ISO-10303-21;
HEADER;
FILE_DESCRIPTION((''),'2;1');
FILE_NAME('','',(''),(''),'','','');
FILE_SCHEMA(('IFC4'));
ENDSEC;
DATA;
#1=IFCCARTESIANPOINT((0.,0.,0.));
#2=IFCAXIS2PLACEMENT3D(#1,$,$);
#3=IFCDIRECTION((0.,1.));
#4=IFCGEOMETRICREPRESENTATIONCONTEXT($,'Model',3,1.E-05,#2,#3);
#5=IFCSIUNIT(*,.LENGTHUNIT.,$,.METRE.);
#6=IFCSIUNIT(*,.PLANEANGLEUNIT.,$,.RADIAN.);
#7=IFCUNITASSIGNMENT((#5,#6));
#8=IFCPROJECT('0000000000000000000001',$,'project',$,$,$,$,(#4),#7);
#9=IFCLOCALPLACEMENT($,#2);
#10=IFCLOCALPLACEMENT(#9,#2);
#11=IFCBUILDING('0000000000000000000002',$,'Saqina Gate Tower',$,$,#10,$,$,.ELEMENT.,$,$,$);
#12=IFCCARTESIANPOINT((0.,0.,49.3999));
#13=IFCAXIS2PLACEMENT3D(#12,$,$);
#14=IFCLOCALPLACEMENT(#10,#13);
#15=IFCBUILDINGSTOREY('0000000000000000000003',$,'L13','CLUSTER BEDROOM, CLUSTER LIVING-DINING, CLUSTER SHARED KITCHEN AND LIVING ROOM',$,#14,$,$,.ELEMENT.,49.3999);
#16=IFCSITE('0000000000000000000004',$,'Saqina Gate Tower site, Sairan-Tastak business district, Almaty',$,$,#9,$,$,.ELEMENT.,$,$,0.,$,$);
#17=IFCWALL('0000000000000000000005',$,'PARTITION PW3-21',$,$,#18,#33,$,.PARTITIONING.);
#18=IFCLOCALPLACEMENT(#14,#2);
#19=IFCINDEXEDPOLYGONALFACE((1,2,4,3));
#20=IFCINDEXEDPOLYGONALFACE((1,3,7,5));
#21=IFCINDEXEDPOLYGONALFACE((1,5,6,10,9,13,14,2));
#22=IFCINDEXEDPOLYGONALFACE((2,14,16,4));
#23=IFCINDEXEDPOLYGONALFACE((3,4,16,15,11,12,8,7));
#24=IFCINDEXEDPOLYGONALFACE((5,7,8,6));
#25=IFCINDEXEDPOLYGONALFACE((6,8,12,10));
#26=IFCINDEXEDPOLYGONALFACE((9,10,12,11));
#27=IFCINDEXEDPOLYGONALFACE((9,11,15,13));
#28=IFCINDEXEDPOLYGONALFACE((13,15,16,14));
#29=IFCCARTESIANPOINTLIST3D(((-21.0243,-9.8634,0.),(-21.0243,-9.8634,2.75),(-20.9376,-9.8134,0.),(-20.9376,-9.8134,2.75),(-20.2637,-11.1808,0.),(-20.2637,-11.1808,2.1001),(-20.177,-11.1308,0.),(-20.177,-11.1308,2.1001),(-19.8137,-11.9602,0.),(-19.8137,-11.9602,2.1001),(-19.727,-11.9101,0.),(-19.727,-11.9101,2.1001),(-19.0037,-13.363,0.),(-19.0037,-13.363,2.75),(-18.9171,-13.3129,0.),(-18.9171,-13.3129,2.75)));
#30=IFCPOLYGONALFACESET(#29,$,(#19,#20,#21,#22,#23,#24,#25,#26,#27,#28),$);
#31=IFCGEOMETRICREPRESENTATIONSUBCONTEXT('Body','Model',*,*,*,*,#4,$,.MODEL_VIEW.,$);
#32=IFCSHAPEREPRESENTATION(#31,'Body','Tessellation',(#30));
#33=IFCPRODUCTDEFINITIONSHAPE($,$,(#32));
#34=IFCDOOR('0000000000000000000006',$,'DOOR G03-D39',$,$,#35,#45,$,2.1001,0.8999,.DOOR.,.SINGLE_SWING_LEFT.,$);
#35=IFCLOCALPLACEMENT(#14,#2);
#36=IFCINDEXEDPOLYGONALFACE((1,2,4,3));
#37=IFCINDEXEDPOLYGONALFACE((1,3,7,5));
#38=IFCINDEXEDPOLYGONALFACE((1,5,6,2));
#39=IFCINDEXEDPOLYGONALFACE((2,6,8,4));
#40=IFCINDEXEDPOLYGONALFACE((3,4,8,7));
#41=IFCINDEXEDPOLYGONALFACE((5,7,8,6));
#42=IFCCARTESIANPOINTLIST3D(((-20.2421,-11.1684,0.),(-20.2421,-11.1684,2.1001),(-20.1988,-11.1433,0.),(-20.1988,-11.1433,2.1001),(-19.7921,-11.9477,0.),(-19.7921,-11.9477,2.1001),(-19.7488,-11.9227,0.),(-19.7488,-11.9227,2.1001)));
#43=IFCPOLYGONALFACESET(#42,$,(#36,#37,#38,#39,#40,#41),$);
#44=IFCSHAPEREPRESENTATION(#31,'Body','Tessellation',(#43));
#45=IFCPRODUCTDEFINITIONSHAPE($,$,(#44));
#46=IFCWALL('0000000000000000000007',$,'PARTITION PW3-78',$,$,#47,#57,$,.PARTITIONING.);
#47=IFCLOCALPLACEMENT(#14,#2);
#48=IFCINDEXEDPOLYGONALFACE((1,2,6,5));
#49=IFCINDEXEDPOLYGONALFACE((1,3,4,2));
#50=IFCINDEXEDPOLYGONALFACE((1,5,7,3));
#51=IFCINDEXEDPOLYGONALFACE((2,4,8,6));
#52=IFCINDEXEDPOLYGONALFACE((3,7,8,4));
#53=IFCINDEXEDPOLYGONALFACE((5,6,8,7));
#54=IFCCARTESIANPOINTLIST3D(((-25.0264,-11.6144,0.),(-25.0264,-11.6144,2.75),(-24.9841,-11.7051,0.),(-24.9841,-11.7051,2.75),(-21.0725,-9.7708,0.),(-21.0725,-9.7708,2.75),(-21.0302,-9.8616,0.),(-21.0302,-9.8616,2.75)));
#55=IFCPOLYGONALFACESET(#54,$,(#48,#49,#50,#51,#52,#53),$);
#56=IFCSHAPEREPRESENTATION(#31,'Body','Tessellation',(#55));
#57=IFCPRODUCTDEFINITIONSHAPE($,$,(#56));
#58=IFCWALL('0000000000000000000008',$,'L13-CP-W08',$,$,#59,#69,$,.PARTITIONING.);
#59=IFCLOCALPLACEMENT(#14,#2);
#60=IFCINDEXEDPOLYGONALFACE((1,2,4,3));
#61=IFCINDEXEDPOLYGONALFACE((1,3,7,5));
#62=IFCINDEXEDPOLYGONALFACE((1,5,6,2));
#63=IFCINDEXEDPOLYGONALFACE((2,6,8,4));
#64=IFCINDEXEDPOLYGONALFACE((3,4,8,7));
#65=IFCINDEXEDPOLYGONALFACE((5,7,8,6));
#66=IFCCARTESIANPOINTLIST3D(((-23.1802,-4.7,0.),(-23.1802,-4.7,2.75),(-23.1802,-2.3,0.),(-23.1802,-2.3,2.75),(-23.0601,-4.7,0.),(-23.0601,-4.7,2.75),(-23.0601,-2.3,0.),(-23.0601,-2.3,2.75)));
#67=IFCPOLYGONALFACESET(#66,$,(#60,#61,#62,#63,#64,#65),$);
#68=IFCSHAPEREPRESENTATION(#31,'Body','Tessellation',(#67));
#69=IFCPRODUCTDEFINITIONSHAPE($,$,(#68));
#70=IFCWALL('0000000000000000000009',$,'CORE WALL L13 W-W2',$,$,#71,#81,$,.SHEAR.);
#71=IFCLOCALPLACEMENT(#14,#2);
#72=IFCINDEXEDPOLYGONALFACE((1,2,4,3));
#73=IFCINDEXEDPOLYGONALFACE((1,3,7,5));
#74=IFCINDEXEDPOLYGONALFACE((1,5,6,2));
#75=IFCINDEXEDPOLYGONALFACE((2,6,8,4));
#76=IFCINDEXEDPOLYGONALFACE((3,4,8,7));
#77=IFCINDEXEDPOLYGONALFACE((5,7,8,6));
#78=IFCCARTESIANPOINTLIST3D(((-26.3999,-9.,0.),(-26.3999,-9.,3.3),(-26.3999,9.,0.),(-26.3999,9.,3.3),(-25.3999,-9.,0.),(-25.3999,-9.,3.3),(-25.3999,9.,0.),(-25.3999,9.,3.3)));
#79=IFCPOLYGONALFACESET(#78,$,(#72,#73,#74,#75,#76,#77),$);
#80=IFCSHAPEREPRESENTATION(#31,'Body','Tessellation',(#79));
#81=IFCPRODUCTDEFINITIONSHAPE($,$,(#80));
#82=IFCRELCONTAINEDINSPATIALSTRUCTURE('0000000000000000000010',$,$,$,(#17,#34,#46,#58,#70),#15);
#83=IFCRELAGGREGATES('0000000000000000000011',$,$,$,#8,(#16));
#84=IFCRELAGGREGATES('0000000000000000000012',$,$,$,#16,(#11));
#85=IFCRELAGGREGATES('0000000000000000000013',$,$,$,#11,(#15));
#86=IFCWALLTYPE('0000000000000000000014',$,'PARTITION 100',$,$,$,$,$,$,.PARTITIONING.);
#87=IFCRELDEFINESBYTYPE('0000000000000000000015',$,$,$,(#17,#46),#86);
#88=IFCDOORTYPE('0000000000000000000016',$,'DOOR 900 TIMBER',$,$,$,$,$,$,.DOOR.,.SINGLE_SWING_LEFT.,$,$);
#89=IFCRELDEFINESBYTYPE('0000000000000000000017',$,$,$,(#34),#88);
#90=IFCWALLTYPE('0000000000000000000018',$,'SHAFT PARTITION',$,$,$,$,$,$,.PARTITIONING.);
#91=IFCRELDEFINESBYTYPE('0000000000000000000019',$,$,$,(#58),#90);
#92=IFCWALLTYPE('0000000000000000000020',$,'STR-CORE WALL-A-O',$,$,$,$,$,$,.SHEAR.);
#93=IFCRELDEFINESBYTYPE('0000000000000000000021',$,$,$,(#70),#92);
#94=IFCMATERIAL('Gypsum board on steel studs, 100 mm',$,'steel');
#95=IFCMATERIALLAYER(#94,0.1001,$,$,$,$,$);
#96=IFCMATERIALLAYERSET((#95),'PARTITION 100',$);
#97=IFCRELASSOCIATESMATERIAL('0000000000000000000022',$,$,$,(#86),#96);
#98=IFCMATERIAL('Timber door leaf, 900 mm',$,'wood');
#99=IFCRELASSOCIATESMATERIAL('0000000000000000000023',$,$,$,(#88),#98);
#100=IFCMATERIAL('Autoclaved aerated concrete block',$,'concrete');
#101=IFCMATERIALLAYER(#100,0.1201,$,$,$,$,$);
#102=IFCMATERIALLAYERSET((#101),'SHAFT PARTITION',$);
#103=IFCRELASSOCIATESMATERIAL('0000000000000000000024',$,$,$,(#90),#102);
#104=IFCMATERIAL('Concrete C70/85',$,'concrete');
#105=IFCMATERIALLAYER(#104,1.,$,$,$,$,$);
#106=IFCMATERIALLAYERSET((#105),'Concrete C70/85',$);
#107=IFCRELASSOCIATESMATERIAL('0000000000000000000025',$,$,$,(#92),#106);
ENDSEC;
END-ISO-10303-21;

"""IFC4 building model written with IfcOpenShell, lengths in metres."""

from ifc_helpers import new_model, si_unit, direction, frame, frame_2d, origin, place, context, subcontext, project, spatial, rectangle, extrude, material, layer, layer_set, type_object, element, fill, save


model = new_model("IFC4")

# Units and contexts
model_context = context("Model", 3, precision=1e-05, world=origin(), true_north=direction((0.0, 1.0)))
body_context = subcontext(model_context, "Body", "Model", "MODEL_VIEW")
ifc_project = project(units=[si_unit("LENGTHUNIT", "METRE"), si_unit("PLANEANGLEUNIT", "RADIAN")], contexts=[model_context])

# Site, building, storey
site_placement = place(None, origin())
site = spatial("IfcSite", under=ifc_project, at=site_placement, Name="Saqina Gate Tower site, Sairan-Tastak business district, Almaty", CompositionType="ELEMENT", RefElevation=0.0)
building_placement = place(site_placement, origin())
building = spatial("IfcBuilding", under=site, at=building_placement, Name="Saqina Gate Tower", CompositionType="ELEMENT")
storey_placement = place(building_placement, frame((0.0, 0.0, 49.3999)))
storey = spatial("IfcBuildingStorey", under=building, at=storey_placement, Name="L13", Description="CLUSTER BEDROOM, CLUSTER LIVING-DINING, CLUSTER SHARED KITCHEN AND LIVING ROOM", CompositionType="ELEMENT", Elevation=49.3999)

# Wall, opening, door
ifc_material_1 = material(Name="Gypsum board on steel studs, 100 mm", Category="steel")
ifc_layer_1 = layer(ifc_material_1, 0.1001)
ifc_layer_set_1 = layer_set([ifc_layer_1], Name="PARTITION 100")
wall_type_1 = type_object("IfcWallType", Name="PARTITION 100", PredefinedType="PARTITIONING", material=ifc_layer_set_1)
wall_1_placement = place(storey_placement, frame((-20.981, -9.8384, 0.0), z_axis=(0.0, 0.0, 1.0), x_axis=(0.500012, -0.866019, 0.0)))
wall_1 = element("IfcWall", 1, at=wall_1_placement, inside=storey, type_object=wall_type_1, Name="PARTITION PW3-21", PredefinedType="PARTITIONING", context=body_context, shape_type="SweptSolid", body=[
    extrude(rectangle(XDim=4.041, YDim=0.1001, at=frame_2d((2.0205, 0.0))), origin(), (0.0, 0.0, 1.0), 2.75),
])
opening_1_placement = place(wall_1_placement, frame((1.5212, 0.0, 0.0)))
opening_1 = element("IfcOpeningElement", 2, at=opening_1_placement, cuts=wall_1, PredefinedType="OPENING", context=body_context, shape_type="SweptSolid", body=[
    extrude(rectangle(XDim=0.8999, YDim=2.1001, at=frame_2d((0.45, 1.05))), frame((0.0, 0.062, 0.0), z_axis=(0.0, -1.0, 0.0), x_axis=(1.0, 0.0, 0.0)), (0.0, 0.0, 1.0), 0.124),
])
ifc_material_2 = material(Name="Timber door leaf, 900 mm", Category="wood")
door_type_1 = type_object("IfcDoorType", Name="DOOR 900 TIMBER", OperationType="SINGLE_SWING_LEFT", PredefinedType="DOOR", material=ifc_material_2)
door_1_placement = place(opening_1_placement, origin())
door_1 = element("IfcDoor", 3, at=door_1_placement, inside=storey, type_object=door_type_1, Name="DOOR G03-D39", OperationType="SINGLE_SWING_LEFT", OverallHeight=2.1001, OverallWidth=0.8999, PredefinedType="DOOR", context=body_context, shape_type="SweptSolid", body=[
    extrude(rectangle(XDim=0.8999, YDim=2.1001, at=frame_2d((0.45, 1.05))), frame((0.0, 0.0249, 0.0), z_axis=(0.0, -1.0, 0.0), x_axis=(1.0, 0.0, 0.0)), (0.0, 0.0, 1.0), 0.05),
])
fill(opening_1, door_1)

# Walls
wall_2_placement = place(storey_placement, frame((-25.0051, -11.6597, 0.0), z_axis=(0.0, 0.0, 1.0), x_axis=(0.906326, 0.422579, 0.0)))
element("IfcWall", 4, at=wall_2_placement, inside=storey, type_object=wall_type_1, Name="PARTITION PW3-78", PredefinedType="PARTITIONING", context=body_context, shape_type="SweptSolid", body=[
    extrude(rectangle(XDim=4.3625, YDim=0.1001, at=frame_2d((2.1812, 0.0))), origin(), (0.0, 0.0, 1.0), 2.75),
])
ifc_material_3 = material(Name="Autoclaved aerated concrete block", Category="concrete")
ifc_layer_2 = layer(ifc_material_3, 0.1201)
ifc_layer_set_2 = layer_set([ifc_layer_2], Name="SHAFT PARTITION")
wall_type_2 = type_object("IfcWallType", Name="SHAFT PARTITION", PredefinedType="PARTITIONING", material=ifc_layer_set_2)
wall_3_placement = place(storey_placement, frame((-23.1201, -4.7, 0.0), z_axis=(0.0, 0.0, 1.0), x_axis=(0.0, 1.0, 0.0)))
element("IfcWall", 5, at=wall_3_placement, inside=storey, type_object=wall_type_2, Name="L13-CP-W08", PredefinedType="PARTITIONING", context=body_context, shape_type="SweptSolid", body=[
    extrude(rectangle(XDim=2.3999, YDim=0.1201, at=frame_2d((1.2, 0.0))), origin(), (0.0, 0.0, 1.0), 2.75),
])
ifc_material_4 = material(Name="Concrete C70/85", Category="concrete")
ifc_layer_3 = layer(ifc_material_4, 1.0)
ifc_layer_set_3 = layer_set([ifc_layer_3], Name="Concrete C70/85")
wall_type_3 = type_object("IfcWallType", Name="STR-CORE WALL-A-O", PredefinedType="SHEAR", material=ifc_layer_set_3)
wall_4_placement = place(storey_placement, frame((-25.8999, -9.0, 0.0), z_axis=(0.0, 0.0, 1.0), x_axis=(0.0, 1.0, 0.0)))
element("IfcWall", 6, at=wall_4_placement, inside=storey, type_object=wall_type_3, Name="CORE WALL L13 W-W2", PredefinedType="SHEAR", context=body_context, shape_type="SweptSolid", body=[
    extrude(rectangle(XDim=18.0, YDim=1.0, at=frame_2d((9.0, 0.0))), origin(), (0.0, 0.0, 1.0), 3.3),
])

save(model, "model.ifc")
